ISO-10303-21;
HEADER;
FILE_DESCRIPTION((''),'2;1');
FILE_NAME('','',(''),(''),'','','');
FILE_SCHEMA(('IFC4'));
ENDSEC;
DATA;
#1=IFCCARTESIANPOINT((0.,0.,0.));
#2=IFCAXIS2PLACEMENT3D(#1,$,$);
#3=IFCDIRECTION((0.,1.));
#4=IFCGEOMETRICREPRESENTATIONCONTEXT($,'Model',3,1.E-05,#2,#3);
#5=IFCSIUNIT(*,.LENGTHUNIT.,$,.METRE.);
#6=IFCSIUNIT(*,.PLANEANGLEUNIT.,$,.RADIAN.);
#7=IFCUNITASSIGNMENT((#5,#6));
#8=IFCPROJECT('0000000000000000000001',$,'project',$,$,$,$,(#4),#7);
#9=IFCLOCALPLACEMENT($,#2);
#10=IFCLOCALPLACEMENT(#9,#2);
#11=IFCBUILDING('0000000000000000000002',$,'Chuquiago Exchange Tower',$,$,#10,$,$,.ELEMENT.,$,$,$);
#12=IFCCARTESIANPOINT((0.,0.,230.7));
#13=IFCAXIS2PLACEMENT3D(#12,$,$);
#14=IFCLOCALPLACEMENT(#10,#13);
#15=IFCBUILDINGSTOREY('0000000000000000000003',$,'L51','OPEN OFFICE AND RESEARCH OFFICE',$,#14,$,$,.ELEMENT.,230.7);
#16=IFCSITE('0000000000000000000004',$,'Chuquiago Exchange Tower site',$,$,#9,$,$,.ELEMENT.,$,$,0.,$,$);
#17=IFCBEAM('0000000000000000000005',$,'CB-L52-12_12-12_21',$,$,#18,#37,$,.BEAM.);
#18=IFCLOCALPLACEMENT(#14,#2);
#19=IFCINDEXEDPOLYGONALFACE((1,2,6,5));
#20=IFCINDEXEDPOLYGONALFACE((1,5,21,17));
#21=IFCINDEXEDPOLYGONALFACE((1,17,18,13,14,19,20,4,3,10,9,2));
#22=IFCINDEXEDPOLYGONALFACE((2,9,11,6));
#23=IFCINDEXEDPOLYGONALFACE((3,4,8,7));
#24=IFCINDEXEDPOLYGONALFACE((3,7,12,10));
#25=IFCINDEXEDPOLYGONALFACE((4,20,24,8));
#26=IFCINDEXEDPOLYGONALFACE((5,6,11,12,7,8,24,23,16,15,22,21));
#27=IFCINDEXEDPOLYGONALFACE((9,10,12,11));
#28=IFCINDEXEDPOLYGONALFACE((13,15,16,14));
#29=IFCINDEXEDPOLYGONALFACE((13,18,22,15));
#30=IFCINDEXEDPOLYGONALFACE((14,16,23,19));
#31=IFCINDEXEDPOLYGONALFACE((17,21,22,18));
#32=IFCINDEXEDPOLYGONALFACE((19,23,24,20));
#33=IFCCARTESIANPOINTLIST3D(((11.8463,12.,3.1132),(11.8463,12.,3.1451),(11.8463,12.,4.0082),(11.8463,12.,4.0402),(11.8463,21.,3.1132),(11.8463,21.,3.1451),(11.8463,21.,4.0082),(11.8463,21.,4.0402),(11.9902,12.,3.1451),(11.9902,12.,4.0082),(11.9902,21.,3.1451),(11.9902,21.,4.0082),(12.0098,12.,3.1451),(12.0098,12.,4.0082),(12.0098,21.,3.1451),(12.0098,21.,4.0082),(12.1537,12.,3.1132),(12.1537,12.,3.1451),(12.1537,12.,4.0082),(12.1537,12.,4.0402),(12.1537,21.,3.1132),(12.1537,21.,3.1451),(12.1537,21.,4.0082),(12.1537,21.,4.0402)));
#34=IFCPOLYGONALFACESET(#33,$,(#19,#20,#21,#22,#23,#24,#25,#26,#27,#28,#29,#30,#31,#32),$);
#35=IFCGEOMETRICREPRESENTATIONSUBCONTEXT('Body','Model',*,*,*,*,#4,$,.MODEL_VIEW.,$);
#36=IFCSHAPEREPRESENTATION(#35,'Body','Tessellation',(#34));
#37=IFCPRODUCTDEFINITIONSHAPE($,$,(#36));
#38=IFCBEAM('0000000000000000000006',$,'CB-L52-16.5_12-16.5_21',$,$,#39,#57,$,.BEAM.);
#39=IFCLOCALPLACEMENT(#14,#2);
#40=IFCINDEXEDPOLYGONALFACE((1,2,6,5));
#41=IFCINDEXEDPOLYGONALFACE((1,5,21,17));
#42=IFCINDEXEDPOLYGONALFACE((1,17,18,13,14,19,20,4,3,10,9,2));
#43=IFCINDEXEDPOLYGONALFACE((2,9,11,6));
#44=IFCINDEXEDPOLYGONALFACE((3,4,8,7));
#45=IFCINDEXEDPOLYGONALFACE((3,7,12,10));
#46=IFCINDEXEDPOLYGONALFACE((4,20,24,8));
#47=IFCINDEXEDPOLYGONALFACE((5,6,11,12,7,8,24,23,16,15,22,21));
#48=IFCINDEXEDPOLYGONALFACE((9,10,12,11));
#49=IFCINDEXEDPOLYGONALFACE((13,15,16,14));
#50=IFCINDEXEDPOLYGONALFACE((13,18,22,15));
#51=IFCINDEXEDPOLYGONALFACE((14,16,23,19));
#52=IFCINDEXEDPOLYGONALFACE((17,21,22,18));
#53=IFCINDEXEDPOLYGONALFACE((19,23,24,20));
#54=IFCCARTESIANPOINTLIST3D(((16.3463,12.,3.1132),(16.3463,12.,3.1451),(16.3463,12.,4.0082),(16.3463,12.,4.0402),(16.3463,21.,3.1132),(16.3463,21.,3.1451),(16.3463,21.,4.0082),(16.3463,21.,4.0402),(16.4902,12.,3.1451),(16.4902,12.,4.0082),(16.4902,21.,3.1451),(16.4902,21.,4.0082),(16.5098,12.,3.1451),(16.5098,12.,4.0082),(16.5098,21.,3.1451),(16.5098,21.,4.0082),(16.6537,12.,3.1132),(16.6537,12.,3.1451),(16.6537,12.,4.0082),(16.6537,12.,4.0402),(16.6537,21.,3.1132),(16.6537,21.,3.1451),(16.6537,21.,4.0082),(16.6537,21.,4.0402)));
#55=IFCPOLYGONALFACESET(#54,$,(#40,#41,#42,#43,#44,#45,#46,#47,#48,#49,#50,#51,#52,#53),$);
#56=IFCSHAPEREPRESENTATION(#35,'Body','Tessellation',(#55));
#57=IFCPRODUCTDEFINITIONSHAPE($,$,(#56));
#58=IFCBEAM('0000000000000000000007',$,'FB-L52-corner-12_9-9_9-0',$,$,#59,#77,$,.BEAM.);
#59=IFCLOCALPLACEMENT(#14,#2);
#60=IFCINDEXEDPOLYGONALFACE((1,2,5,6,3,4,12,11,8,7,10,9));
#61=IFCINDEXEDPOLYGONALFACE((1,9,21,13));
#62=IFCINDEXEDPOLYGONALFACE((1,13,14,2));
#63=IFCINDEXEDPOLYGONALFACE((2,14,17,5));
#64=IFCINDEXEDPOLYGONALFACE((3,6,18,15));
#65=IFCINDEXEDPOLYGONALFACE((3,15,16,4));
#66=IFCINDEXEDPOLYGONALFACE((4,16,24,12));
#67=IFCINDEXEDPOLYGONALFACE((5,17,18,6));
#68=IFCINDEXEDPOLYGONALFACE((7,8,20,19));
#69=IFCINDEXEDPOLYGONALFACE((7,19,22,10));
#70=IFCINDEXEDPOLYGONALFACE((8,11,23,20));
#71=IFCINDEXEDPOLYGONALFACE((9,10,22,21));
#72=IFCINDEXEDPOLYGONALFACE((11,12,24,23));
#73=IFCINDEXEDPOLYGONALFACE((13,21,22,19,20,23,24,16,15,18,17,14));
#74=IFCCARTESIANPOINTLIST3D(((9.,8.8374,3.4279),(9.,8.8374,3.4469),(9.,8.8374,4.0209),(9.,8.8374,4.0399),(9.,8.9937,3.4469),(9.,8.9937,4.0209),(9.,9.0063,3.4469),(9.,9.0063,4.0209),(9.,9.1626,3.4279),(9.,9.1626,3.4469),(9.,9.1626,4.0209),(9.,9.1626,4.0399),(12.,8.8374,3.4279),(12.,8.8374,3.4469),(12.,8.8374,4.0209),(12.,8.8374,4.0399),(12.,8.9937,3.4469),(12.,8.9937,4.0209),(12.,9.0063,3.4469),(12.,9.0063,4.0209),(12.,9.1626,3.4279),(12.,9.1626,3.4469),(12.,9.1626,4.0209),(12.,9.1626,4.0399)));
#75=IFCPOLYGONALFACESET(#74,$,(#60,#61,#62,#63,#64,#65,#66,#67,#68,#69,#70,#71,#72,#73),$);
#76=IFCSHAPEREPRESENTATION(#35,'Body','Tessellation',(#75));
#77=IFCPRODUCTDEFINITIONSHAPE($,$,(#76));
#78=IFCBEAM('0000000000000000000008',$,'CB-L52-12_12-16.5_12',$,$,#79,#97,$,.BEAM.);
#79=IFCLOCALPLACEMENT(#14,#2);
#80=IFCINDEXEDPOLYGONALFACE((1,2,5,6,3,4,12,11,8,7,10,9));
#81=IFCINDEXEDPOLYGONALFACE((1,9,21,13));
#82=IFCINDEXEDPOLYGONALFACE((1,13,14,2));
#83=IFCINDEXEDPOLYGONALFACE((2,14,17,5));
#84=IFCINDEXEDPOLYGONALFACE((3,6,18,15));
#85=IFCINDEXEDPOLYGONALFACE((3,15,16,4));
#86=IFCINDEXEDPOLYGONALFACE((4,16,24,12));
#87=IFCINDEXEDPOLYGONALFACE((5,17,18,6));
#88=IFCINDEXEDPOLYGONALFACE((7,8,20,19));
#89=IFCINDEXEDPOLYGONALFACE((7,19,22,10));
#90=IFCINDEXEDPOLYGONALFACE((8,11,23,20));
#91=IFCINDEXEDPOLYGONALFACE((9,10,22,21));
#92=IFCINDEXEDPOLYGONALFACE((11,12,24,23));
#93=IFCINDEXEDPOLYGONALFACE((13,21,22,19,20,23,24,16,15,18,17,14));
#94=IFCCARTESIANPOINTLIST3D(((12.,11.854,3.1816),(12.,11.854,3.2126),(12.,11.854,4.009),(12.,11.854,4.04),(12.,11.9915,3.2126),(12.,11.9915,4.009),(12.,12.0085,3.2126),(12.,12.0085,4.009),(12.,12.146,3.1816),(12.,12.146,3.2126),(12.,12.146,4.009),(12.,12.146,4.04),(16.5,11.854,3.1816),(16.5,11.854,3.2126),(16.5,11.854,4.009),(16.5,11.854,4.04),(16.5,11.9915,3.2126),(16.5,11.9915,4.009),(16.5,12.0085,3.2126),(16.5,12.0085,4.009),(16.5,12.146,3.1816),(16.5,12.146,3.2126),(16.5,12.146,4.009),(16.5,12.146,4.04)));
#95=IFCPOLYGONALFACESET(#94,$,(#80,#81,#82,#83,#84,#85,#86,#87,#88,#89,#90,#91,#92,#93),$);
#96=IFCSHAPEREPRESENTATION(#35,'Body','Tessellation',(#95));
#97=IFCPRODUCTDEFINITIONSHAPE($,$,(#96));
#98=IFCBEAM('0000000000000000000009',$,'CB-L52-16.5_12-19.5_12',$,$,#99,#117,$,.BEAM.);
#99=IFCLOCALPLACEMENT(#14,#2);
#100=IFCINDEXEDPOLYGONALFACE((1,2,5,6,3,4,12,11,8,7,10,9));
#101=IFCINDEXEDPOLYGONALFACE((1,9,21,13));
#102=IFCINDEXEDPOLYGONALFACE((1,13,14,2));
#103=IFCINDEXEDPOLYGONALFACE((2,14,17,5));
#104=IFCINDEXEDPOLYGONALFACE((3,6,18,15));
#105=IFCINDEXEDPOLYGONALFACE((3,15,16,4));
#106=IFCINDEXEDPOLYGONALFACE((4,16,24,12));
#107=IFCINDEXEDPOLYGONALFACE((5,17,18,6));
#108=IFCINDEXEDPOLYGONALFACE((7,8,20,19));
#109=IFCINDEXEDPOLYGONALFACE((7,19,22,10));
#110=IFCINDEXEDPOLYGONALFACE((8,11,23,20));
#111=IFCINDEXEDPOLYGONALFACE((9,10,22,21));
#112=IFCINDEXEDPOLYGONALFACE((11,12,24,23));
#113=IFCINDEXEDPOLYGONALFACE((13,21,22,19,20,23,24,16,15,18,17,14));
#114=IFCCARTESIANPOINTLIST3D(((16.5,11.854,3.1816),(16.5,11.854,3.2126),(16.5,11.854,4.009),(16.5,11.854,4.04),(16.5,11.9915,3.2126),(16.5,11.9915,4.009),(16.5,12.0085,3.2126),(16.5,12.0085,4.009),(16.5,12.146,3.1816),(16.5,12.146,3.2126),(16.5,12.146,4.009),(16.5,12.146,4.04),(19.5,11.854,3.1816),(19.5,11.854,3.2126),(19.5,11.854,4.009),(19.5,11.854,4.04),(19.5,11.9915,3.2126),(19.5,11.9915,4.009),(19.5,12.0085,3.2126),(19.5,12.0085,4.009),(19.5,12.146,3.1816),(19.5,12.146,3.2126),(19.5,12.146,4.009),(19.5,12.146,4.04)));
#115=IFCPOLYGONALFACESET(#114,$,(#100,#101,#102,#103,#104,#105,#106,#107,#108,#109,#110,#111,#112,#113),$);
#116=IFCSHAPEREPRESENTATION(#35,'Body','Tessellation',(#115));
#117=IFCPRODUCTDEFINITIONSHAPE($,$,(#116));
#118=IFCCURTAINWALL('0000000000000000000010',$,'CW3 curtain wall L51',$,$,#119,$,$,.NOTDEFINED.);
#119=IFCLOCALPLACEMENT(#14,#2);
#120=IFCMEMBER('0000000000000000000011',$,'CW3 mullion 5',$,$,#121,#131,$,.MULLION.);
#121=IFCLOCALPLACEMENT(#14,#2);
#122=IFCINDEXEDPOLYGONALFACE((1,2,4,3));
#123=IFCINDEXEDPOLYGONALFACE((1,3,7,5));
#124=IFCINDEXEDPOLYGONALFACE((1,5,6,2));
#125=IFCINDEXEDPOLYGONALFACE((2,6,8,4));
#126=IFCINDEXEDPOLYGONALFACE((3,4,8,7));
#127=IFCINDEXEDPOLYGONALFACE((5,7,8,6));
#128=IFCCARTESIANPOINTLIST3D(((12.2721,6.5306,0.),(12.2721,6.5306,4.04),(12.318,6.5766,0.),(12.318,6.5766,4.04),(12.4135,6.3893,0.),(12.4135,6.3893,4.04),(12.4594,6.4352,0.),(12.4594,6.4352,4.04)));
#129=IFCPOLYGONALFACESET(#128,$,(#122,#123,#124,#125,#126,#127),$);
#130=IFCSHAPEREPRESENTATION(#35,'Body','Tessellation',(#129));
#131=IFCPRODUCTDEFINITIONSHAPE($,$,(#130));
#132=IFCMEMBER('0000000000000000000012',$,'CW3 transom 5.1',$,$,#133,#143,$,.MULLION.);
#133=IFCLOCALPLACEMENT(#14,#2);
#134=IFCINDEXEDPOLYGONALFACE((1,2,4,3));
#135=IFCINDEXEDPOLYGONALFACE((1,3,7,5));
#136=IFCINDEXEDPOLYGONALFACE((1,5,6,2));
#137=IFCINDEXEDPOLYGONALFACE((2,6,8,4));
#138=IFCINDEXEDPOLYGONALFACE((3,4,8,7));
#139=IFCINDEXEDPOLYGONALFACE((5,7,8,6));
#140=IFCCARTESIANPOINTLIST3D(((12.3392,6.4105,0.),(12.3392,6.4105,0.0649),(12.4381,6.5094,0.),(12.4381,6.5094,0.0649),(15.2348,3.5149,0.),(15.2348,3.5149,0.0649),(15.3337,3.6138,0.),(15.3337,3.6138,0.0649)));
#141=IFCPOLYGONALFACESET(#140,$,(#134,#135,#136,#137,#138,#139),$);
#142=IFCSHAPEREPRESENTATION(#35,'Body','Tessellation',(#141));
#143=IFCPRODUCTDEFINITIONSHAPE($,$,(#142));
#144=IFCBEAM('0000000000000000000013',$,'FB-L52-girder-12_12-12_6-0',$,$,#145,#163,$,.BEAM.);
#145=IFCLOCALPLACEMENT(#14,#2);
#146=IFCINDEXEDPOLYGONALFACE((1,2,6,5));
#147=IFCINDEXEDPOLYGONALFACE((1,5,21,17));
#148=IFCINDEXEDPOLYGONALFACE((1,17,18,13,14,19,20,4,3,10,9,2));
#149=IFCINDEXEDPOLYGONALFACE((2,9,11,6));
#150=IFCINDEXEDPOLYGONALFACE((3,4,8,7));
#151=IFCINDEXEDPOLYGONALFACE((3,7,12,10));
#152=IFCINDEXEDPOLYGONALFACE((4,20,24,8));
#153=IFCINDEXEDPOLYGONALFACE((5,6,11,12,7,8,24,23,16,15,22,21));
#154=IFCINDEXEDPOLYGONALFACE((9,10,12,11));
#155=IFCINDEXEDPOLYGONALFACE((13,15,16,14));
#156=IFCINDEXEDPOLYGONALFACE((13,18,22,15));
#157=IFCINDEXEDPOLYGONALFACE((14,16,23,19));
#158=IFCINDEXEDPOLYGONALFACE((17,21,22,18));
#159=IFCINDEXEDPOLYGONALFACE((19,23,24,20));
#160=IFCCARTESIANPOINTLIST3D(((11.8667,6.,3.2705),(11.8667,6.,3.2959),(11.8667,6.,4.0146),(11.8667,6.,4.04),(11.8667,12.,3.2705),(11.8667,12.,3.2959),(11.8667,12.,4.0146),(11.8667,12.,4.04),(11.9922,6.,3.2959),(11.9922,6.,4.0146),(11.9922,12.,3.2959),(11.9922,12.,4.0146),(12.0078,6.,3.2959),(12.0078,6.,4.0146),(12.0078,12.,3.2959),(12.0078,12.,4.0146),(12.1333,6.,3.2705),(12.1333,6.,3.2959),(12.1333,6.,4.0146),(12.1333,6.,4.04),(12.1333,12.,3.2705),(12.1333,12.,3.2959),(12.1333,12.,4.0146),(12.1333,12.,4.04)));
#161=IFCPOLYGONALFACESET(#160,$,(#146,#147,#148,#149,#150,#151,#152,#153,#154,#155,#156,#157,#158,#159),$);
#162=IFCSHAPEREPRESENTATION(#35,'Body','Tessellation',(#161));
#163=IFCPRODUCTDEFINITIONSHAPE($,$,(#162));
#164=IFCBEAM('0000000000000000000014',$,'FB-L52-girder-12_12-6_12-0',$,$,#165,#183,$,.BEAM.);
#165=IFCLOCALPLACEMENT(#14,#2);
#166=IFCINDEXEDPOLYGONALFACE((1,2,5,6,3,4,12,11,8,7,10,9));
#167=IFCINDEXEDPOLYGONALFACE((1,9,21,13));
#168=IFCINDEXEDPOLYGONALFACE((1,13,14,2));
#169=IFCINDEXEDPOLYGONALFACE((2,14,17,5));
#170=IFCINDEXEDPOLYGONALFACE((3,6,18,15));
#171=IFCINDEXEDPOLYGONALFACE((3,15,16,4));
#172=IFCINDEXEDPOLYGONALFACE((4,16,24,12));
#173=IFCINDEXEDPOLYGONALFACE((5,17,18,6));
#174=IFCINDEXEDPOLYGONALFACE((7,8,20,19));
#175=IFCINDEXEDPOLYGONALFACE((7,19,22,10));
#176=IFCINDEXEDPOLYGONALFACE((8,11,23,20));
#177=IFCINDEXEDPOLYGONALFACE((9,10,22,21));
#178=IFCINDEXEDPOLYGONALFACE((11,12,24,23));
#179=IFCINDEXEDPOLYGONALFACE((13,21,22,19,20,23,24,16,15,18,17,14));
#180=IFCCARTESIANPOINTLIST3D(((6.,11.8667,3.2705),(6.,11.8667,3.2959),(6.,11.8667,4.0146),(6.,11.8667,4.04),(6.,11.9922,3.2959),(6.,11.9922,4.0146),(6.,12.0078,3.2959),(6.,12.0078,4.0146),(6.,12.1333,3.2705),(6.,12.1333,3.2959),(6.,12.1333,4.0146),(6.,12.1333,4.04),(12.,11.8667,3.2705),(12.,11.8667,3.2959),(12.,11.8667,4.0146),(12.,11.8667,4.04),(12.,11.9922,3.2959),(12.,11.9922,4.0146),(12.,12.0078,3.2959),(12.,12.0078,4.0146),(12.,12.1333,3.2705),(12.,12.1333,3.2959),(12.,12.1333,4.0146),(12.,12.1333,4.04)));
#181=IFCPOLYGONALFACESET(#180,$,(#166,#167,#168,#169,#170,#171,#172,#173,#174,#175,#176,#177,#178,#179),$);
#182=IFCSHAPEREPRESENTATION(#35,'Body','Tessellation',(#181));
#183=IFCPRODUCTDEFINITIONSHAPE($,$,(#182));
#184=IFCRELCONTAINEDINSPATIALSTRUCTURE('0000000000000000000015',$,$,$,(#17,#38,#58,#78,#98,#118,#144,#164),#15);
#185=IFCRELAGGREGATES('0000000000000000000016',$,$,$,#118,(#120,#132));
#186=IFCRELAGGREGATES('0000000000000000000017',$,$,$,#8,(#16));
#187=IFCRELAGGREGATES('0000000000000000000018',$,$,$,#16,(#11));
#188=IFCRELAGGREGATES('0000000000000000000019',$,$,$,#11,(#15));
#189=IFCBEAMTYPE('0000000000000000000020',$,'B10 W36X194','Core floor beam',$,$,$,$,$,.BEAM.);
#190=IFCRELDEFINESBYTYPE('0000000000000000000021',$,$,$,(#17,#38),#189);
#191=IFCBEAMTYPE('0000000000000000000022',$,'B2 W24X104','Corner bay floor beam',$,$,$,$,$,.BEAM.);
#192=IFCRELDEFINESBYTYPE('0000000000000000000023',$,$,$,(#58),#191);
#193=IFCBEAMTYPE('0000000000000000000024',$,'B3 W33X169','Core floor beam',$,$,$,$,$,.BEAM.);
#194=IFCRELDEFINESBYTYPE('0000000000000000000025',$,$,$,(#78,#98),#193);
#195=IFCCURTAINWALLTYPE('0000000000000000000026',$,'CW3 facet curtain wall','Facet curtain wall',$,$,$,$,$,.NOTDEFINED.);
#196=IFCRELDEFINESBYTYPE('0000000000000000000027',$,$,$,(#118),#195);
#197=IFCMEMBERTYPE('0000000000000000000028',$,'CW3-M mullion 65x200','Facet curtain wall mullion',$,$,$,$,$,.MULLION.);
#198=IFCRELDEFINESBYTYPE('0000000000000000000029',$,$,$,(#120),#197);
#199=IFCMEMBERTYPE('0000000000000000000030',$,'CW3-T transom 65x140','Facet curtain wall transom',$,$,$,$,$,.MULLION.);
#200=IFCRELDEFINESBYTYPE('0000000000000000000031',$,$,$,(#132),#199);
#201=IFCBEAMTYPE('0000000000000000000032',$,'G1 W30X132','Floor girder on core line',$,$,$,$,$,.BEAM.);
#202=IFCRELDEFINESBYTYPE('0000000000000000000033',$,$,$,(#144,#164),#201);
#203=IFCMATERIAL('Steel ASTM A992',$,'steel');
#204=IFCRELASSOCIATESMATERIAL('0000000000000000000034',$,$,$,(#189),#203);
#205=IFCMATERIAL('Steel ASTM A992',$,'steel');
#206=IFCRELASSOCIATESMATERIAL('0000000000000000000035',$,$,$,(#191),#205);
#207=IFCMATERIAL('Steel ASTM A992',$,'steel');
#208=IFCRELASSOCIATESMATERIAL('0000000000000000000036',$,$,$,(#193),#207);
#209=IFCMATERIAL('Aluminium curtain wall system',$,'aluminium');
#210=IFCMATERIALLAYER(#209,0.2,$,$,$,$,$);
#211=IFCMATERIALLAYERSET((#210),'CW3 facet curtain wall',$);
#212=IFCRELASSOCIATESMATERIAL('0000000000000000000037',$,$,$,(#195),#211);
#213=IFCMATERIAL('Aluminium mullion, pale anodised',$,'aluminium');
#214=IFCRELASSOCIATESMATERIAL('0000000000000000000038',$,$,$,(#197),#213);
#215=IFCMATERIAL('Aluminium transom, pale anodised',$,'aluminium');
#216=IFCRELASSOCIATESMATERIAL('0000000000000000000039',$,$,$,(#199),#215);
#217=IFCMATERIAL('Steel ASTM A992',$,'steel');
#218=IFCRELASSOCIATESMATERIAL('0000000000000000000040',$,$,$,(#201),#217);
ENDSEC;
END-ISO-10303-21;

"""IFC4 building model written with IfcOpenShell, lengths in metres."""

from ifc_helpers import new_model, si_unit, direction, frame, origin, origin_2d, place, context, subcontext, project, spatial, rectangle, i_section, extrude, material, layer, layer_set, material_profile, profile_set, type_object, element, aggregate, save


model = new_model("IFC4")

# Units and contexts
model_context = context("Model", 3, precision=1e-05, world=origin(), true_north=direction((0.0, 1.0)))
body_context = subcontext(model_context, "Body", "Model", "MODEL_VIEW")
ifc_project = project(units=[si_unit("LENGTHUNIT", "METRE"), si_unit("PLANEANGLEUNIT", "RADIAN")], contexts=[model_context])

# Site, building, storey
site_placement = place(None, origin())
site = spatial("IfcSite", under=ifc_project, at=site_placement, Name="Chuquiago Exchange Tower site", CompositionType="ELEMENT", RefElevation=0.0)
building_placement = place(site_placement, origin())
building = spatial("IfcBuilding", under=site, at=building_placement, Name="Chuquiago Exchange Tower", CompositionType="ELEMENT")
storey_placement = place(building_placement, frame((0.0, 0.0, 230.7)))
storey = spatial("IfcBuildingStorey", under=building, at=storey_placement, Name="L51", Description="OPEN OFFICE AND RESEARCH OFFICE", CompositionType="ELEMENT", Elevation=230.7)

# Beams
ifc_material_1 = material(Name="Steel ASTM A992", Category="steel")
ifc_material_profile_1 = material_profile(ifc_material_1, i_section(OverallWidth=0.3074, OverallDepth=0.927, WebThickness=0.0195, FlangeThickness=0.032, at=origin_2d()), Name="W36X194")
ifc_profile_set_1 = profile_set([ifc_material_profile_1], Name="Steel ASTM A992")
beam_type_1 = type_object("IfcBeamType", Name="B10 W36X194", Description="Core floor beam", PredefinedType="BEAM", material=ifc_profile_set_1)
for number, where, z_axis, x_axis, name in (
    (1, (12.0, 12.0, 3.5767), (0.0, 1.0, 0.0), (-1.0, 0.0, 0.0), "CB-L52-12_12-12_21"),
    (2, (16.5, 12.0, 3.5767), (0.0, 1.0, 0.0), (-1.0, 0.0, 0.0), "CB-L52-16.5_12-16.5_21"),
):
    element("IfcBeam", number, at=place(storey_placement, frame(where, z_axis=z_axis, x_axis=x_axis)), inside=storey, type_object=beam_type_1, Name=name, PredefinedType="BEAM", context=body_context, shape_type="SweptSolid", body=[
        extrude(i_section(OverallWidth=0.3074, OverallDepth=0.927, WebThickness=0.0195, FlangeThickness=0.032, at=origin_2d()), origin(), (0.0, 0.0, 1.0), 9.0),
    ])
ifc_material_2 = material(Name="Steel ASTM A992", Category="steel")
ifc_material_profile_2 = material_profile(ifc_material_2, i_section(OverallWidth=0.3252, OverallDepth=0.6121, WebThickness=0.0127, FlangeThickness=0.019, at=origin_2d()), Name="W24X104")
ifc_profile_set_2 = profile_set([ifc_material_profile_2], Name="Steel ASTM A992")
beam_type_2 = type_object("IfcBeamType", Name="B2 W24X104", Description="Corner bay floor beam", PredefinedType="BEAM", material=ifc_profile_set_2)
beam_1_placement = place(storey_placement, frame((12.0, 9.0, 3.7339), z_axis=(-1.0, 0.0, 0.0), x_axis=(0.0, -1.0, 0.0)))
element("IfcBeam", 3, at=beam_1_placement, inside=storey, type_object=beam_type_2, Name="FB-L52-corner-12_9-9_9-0", PredefinedType="BEAM", context=body_context, shape_type="SweptSolid", body=[
    extrude(i_section(OverallWidth=0.3252, OverallDepth=0.6121, WebThickness=0.0127, FlangeThickness=0.019, at=origin_2d()), origin(), (0.0, 0.0, 1.0), 3.0),
])
ifc_material_3 = material(Name="Steel ASTM A992", Category="steel")
ifc_material_profile_3 = material_profile(ifc_material_3, i_section(OverallWidth=0.292, OverallDepth=0.8584, WebThickness=0.0171, FlangeThickness=0.031, at=origin_2d()), Name="W33X169")
ifc_profile_set_3 = profile_set([ifc_material_profile_3], Name="Steel ASTM A992")
beam_type_3 = type_object("IfcBeamType", Name="B3 W33X169", Description="Core floor beam", PredefinedType="BEAM", material=ifc_profile_set_3)
beam_2_placement = place(storey_placement, frame((12.0, 12.0, 3.6108), z_axis=(1.0, 0.0, 0.0), x_axis=(0.0, 1.0, 0.0)))
element("IfcBeam", 4, at=beam_2_placement, inside=storey, type_object=beam_type_3, Name="CB-L52-12_12-16.5_12", PredefinedType="BEAM", context=body_context, shape_type="SweptSolid", body=[
    extrude(i_section(OverallWidth=0.292, OverallDepth=0.8584, WebThickness=0.0171, FlangeThickness=0.031, at=origin_2d()), origin(), (0.0, 0.0, 1.0), 4.5),
])
beam_3_placement = place(storey_placement, frame((16.5, 12.0, 3.6108), z_axis=(1.0, 0.0, 0.0), x_axis=(0.0, 1.0, 0.0)))
element("IfcBeam", 5, at=beam_3_placement, inside=storey, type_object=beam_type_3, Name="CB-L52-16.5_12-19.5_12", PredefinedType="BEAM", context=body_context, shape_type="SweptSolid", body=[
    extrude(i_section(OverallWidth=0.292, OverallDepth=0.8584, WebThickness=0.0171, FlangeThickness=0.031, at=origin_2d()), origin(), (0.0, 0.0, 1.0), 3.0),
])

# Curtain wall, members
ifc_material_4 = material(Name="Aluminium curtain wall system", Category="aluminium")
ifc_layer_1 = layer(ifc_material_4, 0.2)
ifc_layer_set_1 = layer_set([ifc_layer_1], Name="CW3 facet curtain wall")
curtain_wall_type = type_object("IfcCurtainWallType", Name="CW3 facet curtain wall", Description="Facet curtain wall", PredefinedType="NOTDEFINED", material=ifc_layer_set_1)
curtain_wall_placement = place(storey_placement, origin())
curtain_wall = element("IfcCurtainWall", 6, at=curtain_wall_placement, inside=storey, type_object=curtain_wall_type, Name="CW3 curtain wall L51", PredefinedType="NOTDEFINED")
ifc_material_5 = material(Name="Aluminium mullion, pale anodised", Category="aluminium")
ifc_material_profile_4 = material_profile(ifc_material_5, rectangle(XDim=0.0649, YDim=0.2, at=origin_2d()), Name="AL 65x200")
ifc_profile_set_4 = profile_set([ifc_material_profile_4], Name="Aluminium mullion, pale anodised")
member_type_1 = type_object("IfcMemberType", Name="CW3-M mullion 65x200", Description="Facet curtain wall mullion", PredefinedType="MULLION", material=ifc_profile_set_4)
member_1_placement = place(storey_placement, frame((12.3657, 6.4829, 0.0), z_axis=(0.0, 0.0, 1.0), x_axis=(0.707107, 0.707107, 0.0)))
member_1 = element("IfcMember", 7, at=member_1_placement, type_object=member_type_1, Name="CW3 mullion 5", PredefinedType="MULLION", context=body_context, shape_type="SweptSolid", body=[
    extrude(rectangle(XDim=0.0649, YDim=0.2, at=origin_2d()), origin(), (0.0, 0.0, 1.0), 4.04),
])
ifc_material_6 = material(Name="Aluminium transom, pale anodised", Category="aluminium")
ifc_material_profile_5 = material_profile(ifc_material_6, rectangle(XDim=0.1399, YDim=0.0649, at=origin_2d()), Name="AL 140x65")
ifc_profile_set_5 = profile_set([ifc_material_profile_5], Name="Aluminium transom, pale anodised")
member_type_2 = type_object("IfcMemberType", Name="CW3-T transom 65x140", Description="Facet curtain wall transom", PredefinedType="MULLION", material=ifc_profile_set_5)
member_2_placement = place(storey_placement, frame((12.3887, 6.46, 0.0325), z_axis=(0.707107, -0.707107, 0.0), x_axis=(0.707107, 0.707107, 0.0)))
member_2 = element("IfcMember", 8, at=member_2_placement, type_object=member_type_2, Name="CW3 transom 5.1", PredefinedType="MULLION", context=body_context, shape_type="SweptSolid", body=[
    extrude(rectangle(XDim=0.1399, YDim=0.0649, at=origin_2d()), origin(), (0.0, 0.0, 1.0), 4.095),
])
aggregate(curtain_wall, [member_1, member_2])

# Beams
ifc_material_7 = material(Name="Steel ASTM A992", Category="steel")
ifc_material_profile_6 = material_profile(ifc_material_7, i_section(OverallWidth=0.2666, OverallDepth=0.7695, WebThickness=0.0156, FlangeThickness=0.0254, at=origin_2d()), Name="W30X132")
ifc_profile_set_6 = profile_set([ifc_material_profile_6], Name="Steel ASTM A992")
beam_type_4 = type_object("IfcBeamType", Name="G1 W30X132", Description="Floor girder on core line", PredefinedType="BEAM", material=ifc_profile_set_6)
for number, where, z_axis, x_axis, name in (
    (9, (12.0, 12.0, 3.6553), (0.0, -1.0, 0.0), (1.0, 0.0, 0.0), "FB-L52-girder-12_12-12_6-0"),
    (10, (12.0, 12.0, 3.6553), (-1.0, 0.0, 0.0), (0.0, -1.0, 0.0), "FB-L52-girder-12_12-6_12-0"),
):
    element("IfcBeam", number, at=place(storey_placement, frame(where, z_axis=z_axis, x_axis=x_axis)), inside=storey, type_object=beam_type_4, Name=name, PredefinedType="BEAM", context=body_context, shape_type="SweptSolid", body=[
        extrude(i_section(OverallWidth=0.2666, OverallDepth=0.7695, WebThickness=0.0156, FlangeThickness=0.0254, at=origin_2d()), origin(), (0.0, 0.0, 1.0), 6.0),
    ])

save(model, "model.ifc")
